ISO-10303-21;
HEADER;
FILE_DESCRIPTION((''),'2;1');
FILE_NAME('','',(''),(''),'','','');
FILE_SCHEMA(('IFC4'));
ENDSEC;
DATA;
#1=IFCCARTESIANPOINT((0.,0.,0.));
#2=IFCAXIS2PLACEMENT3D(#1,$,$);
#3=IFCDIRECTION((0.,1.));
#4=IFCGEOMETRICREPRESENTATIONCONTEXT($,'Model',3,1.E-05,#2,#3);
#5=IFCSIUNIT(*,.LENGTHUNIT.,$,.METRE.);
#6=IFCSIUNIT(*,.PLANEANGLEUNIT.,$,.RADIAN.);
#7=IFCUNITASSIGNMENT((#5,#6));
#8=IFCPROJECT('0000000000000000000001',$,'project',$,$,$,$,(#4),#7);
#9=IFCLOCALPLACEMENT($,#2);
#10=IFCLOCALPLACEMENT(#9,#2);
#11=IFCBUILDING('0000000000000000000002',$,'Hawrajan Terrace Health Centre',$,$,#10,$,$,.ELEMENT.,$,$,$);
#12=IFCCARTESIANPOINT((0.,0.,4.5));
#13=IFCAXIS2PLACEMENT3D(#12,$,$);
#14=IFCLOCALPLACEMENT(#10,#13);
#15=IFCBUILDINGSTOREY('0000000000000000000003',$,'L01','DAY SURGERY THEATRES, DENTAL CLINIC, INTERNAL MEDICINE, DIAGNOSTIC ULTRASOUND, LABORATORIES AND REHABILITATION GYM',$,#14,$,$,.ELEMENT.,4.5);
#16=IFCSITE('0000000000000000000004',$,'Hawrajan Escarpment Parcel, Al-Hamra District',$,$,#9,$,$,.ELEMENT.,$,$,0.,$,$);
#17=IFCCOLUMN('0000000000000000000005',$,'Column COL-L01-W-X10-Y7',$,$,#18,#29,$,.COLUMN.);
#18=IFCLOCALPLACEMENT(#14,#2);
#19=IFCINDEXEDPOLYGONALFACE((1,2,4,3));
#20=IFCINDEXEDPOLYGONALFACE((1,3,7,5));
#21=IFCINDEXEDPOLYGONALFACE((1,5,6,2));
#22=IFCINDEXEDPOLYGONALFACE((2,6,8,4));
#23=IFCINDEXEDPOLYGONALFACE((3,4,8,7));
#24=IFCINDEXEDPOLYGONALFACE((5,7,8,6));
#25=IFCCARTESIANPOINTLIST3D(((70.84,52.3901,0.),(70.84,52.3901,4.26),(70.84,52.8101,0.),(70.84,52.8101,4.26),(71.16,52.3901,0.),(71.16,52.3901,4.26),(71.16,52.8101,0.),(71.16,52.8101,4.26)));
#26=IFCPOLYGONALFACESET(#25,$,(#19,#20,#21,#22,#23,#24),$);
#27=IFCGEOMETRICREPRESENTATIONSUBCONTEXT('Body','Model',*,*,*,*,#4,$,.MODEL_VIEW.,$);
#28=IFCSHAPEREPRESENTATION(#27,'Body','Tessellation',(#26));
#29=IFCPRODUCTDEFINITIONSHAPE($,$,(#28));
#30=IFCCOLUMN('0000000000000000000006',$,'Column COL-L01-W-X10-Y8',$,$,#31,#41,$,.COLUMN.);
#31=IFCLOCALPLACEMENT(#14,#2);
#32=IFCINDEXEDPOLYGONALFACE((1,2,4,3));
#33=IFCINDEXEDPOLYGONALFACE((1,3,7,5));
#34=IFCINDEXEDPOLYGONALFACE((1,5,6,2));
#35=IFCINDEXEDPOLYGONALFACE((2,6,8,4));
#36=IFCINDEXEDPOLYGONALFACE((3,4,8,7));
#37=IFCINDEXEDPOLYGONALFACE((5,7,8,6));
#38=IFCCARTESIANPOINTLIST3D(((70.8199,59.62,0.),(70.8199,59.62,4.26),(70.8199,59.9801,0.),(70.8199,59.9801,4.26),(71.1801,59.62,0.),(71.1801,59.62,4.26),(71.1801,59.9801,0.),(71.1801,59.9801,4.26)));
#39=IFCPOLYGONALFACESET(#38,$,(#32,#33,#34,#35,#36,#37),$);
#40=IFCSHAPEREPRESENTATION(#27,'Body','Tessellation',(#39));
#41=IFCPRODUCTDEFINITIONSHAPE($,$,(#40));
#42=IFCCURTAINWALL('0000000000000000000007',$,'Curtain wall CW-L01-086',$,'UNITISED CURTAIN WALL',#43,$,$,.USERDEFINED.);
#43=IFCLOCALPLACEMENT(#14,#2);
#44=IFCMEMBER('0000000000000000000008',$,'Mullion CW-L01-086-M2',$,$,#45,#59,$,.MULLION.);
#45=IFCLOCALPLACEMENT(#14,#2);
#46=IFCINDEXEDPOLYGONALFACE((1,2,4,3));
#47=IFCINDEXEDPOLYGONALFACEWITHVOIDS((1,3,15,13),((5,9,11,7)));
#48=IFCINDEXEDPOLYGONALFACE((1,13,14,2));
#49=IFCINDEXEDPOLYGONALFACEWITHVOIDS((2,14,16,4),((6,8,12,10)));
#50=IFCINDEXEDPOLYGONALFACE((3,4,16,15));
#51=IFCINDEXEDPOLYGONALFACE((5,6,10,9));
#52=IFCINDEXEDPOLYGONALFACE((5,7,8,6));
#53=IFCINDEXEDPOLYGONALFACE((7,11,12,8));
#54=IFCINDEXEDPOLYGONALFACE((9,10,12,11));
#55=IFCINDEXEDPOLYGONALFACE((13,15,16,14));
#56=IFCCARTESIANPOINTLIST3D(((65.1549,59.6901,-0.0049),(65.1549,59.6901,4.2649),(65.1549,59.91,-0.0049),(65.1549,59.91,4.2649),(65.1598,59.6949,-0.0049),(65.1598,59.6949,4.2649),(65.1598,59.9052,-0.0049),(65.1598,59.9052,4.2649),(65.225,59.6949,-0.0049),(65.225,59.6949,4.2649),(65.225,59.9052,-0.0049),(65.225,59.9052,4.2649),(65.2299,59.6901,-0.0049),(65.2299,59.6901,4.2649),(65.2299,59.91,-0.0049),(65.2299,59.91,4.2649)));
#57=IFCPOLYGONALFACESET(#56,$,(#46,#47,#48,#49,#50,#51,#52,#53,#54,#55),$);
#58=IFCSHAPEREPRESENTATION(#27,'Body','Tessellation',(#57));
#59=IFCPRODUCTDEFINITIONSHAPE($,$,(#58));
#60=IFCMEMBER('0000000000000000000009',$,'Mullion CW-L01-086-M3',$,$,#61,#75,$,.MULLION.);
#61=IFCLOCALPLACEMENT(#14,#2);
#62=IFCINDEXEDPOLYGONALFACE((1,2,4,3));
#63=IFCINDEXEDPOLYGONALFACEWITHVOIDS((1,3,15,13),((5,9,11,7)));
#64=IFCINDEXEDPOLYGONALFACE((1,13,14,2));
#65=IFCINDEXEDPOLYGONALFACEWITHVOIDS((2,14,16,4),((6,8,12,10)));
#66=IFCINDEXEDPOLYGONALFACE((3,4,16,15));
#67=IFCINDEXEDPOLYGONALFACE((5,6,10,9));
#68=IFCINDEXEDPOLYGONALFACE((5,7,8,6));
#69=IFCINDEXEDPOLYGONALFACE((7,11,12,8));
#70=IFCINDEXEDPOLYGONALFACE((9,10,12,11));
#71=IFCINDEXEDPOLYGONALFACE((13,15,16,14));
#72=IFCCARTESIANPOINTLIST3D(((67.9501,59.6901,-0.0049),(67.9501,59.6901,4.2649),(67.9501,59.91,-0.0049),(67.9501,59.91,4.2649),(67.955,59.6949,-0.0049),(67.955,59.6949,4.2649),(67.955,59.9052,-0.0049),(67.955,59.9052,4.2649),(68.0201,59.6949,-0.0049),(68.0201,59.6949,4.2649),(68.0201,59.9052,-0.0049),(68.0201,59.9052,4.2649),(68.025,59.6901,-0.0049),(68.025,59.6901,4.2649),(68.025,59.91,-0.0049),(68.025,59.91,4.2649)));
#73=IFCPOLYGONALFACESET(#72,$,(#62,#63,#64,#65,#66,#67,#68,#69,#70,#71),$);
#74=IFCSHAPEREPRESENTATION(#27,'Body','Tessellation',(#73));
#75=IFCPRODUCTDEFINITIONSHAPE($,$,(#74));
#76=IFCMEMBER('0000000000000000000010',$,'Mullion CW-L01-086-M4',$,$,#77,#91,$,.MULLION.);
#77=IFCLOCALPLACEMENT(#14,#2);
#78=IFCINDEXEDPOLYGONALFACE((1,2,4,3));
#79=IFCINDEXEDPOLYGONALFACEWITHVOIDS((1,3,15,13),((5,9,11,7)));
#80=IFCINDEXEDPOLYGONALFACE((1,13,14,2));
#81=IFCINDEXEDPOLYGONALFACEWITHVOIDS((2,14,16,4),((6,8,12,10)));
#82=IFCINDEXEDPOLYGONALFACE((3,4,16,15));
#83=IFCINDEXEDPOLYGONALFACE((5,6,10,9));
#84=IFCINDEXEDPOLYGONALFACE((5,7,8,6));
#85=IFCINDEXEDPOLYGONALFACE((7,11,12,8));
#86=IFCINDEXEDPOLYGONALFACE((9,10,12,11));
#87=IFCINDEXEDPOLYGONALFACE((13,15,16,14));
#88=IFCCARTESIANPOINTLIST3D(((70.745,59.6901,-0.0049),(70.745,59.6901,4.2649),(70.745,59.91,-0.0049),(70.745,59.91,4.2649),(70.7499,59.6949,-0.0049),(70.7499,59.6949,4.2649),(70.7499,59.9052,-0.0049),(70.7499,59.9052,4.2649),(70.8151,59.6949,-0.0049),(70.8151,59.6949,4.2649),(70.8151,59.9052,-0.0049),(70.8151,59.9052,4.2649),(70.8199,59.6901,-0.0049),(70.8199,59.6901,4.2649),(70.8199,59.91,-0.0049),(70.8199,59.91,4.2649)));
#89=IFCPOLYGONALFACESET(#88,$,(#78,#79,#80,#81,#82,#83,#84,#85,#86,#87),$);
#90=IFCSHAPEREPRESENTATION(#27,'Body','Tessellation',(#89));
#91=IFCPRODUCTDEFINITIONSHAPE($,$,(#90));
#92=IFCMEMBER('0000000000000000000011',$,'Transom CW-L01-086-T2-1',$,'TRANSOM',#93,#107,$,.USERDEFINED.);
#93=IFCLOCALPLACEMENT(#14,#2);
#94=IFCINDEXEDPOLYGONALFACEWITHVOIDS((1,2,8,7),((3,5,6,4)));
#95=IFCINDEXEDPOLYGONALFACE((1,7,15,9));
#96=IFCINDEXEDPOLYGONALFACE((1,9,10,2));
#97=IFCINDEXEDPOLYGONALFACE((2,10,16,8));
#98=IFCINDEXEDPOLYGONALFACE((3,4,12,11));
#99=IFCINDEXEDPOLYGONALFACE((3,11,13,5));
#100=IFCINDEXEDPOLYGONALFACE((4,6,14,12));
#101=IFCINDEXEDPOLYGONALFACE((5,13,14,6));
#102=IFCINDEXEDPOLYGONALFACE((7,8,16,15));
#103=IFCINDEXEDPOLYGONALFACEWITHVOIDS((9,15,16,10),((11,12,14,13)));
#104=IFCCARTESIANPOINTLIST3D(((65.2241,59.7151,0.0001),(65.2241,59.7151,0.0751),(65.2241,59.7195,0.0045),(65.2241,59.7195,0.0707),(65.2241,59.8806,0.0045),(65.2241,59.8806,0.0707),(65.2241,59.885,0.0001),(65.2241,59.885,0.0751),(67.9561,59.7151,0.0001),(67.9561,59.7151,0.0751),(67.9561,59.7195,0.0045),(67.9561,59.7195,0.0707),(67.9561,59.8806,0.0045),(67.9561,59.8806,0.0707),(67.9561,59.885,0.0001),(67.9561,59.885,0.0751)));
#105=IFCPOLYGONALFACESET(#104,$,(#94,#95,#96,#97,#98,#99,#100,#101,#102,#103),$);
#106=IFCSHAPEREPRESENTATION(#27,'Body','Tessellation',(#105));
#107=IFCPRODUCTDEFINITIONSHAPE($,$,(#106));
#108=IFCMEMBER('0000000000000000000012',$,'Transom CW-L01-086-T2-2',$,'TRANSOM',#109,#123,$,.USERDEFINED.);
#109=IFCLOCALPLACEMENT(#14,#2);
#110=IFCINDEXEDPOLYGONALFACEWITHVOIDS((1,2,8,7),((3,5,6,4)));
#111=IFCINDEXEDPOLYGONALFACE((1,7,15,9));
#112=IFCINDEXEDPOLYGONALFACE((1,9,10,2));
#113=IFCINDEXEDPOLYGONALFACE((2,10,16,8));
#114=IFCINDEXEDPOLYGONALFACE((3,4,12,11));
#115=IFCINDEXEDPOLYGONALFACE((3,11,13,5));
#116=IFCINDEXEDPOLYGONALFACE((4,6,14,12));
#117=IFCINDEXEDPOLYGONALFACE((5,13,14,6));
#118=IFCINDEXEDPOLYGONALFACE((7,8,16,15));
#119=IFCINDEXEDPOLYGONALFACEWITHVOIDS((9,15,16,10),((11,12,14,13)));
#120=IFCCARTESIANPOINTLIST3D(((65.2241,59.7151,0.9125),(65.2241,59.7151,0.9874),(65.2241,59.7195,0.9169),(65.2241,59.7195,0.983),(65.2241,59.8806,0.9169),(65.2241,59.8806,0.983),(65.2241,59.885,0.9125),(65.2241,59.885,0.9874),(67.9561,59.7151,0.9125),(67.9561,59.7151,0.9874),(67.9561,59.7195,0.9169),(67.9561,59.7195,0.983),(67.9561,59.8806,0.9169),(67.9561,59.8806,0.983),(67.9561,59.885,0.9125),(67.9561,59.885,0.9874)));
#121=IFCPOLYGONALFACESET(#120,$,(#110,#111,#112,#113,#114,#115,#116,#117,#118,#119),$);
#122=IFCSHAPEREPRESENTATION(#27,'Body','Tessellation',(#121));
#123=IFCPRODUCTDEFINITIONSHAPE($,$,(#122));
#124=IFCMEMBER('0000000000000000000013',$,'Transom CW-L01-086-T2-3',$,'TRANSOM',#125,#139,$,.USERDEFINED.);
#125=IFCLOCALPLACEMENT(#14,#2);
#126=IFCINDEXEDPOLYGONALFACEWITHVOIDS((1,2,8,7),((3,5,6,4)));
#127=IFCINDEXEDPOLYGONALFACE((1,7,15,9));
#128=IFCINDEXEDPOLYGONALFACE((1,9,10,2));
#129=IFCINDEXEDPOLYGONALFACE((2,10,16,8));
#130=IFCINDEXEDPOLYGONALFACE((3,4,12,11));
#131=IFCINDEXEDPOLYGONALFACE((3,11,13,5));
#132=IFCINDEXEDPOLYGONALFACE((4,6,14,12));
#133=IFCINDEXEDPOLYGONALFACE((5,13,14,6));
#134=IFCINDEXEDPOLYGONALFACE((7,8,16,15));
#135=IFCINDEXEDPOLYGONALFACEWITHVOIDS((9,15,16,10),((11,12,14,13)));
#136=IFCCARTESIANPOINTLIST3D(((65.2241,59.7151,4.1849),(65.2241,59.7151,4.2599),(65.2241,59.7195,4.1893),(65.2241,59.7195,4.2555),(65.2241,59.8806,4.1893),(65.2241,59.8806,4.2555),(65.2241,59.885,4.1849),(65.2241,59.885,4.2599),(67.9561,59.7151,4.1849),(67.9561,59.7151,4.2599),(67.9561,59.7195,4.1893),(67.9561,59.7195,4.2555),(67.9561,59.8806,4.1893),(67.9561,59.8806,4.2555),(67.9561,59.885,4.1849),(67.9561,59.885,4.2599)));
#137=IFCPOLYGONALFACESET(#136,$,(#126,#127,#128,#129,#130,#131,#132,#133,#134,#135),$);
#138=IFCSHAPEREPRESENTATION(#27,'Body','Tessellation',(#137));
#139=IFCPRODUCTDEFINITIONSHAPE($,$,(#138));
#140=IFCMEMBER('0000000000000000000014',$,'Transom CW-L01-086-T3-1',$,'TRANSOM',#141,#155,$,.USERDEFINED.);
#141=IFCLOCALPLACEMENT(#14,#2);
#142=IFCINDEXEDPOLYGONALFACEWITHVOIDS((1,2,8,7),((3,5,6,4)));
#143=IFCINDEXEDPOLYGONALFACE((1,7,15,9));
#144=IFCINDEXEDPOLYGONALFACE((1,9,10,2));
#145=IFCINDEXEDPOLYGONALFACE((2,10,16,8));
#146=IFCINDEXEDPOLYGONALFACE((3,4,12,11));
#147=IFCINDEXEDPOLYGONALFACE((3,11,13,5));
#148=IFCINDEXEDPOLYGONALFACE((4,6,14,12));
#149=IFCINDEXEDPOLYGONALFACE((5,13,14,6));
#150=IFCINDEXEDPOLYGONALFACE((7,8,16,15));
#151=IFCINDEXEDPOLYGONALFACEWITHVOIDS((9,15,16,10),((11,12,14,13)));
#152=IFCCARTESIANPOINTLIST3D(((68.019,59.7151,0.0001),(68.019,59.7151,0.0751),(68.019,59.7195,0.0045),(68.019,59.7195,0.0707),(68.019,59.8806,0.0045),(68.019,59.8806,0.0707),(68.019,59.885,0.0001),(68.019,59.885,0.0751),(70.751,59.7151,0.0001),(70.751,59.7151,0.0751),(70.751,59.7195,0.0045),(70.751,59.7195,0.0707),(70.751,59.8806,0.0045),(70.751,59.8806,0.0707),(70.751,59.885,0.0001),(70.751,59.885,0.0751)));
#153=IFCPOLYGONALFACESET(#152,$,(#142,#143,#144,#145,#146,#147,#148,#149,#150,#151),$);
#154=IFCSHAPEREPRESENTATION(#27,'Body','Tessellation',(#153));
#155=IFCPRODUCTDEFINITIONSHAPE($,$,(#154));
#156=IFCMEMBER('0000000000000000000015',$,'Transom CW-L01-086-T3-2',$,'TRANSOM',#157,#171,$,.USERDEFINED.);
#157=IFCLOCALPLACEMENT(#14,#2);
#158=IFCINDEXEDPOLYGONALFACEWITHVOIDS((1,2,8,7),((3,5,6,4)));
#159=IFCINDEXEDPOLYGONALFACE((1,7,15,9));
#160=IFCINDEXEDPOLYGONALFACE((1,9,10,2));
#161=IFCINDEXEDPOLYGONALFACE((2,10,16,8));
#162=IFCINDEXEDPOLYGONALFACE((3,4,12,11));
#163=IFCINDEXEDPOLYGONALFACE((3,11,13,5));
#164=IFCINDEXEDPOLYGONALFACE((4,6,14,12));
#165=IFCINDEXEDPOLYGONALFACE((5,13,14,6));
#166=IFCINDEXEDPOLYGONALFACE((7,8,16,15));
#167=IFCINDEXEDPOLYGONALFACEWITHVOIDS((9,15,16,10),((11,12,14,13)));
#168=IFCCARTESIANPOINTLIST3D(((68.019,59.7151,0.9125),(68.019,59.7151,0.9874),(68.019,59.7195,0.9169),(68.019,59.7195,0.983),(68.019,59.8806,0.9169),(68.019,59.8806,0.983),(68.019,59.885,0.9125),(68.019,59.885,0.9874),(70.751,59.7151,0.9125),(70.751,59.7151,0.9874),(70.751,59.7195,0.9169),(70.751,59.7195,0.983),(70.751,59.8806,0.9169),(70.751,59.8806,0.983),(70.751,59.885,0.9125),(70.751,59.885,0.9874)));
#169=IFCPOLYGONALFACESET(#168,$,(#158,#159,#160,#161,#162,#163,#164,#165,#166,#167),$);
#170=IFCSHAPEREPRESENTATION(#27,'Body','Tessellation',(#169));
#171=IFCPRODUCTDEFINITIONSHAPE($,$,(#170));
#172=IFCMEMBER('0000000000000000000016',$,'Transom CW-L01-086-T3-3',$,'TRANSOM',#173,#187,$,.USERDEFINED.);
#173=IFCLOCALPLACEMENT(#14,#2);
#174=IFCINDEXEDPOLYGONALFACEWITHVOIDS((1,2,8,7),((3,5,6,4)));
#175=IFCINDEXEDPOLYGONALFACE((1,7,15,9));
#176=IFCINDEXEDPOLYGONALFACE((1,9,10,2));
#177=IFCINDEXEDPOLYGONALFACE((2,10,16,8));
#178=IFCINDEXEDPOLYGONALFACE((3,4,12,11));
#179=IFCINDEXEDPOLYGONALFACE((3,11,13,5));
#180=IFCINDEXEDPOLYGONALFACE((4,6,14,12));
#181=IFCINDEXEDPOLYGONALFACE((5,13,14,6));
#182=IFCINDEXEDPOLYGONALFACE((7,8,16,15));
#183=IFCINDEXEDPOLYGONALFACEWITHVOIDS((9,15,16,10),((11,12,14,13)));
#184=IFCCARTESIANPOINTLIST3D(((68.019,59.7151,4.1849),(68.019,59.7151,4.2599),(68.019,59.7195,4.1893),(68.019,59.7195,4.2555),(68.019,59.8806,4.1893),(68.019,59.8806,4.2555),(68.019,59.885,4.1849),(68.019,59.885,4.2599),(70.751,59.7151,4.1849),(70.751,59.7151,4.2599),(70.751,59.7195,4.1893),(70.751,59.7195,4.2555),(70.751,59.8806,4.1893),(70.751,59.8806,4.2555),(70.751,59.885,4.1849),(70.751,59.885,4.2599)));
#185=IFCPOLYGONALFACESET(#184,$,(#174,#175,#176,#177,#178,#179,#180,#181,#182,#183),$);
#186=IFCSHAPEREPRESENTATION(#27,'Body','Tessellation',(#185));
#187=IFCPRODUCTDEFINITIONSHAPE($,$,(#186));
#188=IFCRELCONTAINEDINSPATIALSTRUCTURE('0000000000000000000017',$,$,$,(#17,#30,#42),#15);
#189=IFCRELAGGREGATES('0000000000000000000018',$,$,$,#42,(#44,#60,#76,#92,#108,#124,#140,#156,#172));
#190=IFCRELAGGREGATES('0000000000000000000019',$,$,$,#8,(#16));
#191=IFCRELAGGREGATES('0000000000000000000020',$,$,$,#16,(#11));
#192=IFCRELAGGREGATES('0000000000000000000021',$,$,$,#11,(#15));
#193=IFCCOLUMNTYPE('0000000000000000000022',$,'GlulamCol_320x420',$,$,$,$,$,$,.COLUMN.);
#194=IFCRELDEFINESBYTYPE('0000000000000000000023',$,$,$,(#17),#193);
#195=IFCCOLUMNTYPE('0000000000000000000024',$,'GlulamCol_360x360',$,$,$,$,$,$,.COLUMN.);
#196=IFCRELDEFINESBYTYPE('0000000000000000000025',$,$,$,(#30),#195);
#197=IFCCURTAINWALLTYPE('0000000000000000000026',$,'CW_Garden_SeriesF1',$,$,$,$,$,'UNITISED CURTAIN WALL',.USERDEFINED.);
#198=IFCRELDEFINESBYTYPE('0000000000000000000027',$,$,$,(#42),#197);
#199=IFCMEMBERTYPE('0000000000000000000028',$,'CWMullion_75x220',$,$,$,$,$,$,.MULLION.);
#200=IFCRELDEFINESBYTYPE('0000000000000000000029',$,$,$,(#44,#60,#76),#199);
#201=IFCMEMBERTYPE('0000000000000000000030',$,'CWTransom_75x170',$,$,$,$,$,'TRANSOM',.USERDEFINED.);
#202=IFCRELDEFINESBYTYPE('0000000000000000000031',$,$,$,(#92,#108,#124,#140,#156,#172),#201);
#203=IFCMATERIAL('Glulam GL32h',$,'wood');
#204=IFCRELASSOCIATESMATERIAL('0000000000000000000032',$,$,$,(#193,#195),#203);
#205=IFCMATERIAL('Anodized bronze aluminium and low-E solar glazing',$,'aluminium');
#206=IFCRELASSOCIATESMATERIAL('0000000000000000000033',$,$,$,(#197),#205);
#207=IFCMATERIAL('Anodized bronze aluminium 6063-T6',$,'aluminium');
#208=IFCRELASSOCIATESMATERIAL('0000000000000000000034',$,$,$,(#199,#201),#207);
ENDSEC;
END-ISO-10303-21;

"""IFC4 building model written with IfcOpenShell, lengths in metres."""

from ifc_helpers import new_model, si_unit, direction, frame, origin, origin_2d, place, context, subcontext, project, spatial, rectangle, hollow_rectangle, extrude, material, material_profile, profile_set, type_object, element, aggregate, save


model = new_model("IFC4")

# Units and contexts
model_context = context("Model", 3, precision=1e-05, world=origin(), true_north=direction((0.0, 1.0)))
body_context = subcontext(model_context, "Body", "Model", "MODEL_VIEW")
ifc_project = project(units=[si_unit("LENGTHUNIT", "METRE"), si_unit("PLANEANGLEUNIT", "RADIAN")], contexts=[model_context])

# Site, building, storey
site_placement = place(None, origin())
site = spatial("IfcSite", under=ifc_project, at=site_placement, Name="Hawrajan Escarpment Parcel, Al-Hamra District", CompositionType="ELEMENT", RefElevation=0.0)
building_placement = place(site_placement, origin())
building = spatial("IfcBuilding", under=site, at=building_placement, Name="Hawrajan Terrace Health Centre", CompositionType="ELEMENT")
storey_placement = place(building_placement, frame((0.0, 0.0, 4.5)))
storey = spatial("IfcBuildingStorey", under=building, at=storey_placement, Name="L01", Description="DAY SURGERY THEATRES, DENTAL CLINIC, INTERNAL MEDICINE, DIAGNOSTIC ULTRASOUND, LABORATORIES AND REHABILITATION GYM", CompositionType="ELEMENT", Elevation=4.5)

# Columns
ifc_material_1 = material(Name="Glulam GL32h", Category="wood")
ifc_material_profile_1 = material_profile(ifc_material_1, rectangle(XDim=0.3201, YDim=0.4199, at=origin_2d()), Name="GL 320x420")
ifc_profile_set_1 = profile_set([ifc_material_profile_1], Name="Glulam GL32h")
column_type_1 = type_object("IfcColumnType", Name="GlulamCol_320x420", PredefinedType="COLUMN", material=ifc_profile_set_1)
column_1_placement = place(storey_placement, frame((71.0, 52.6001, 0.0), z_axis=(0.0, 0.0, 1.0), x_axis=(1.0, 0.0, 0.0)))
element("IfcColumn", 1, at=column_1_placement, inside=storey, type_object=column_type_1, Name="Column COL-L01-W-X10-Y7", PredefinedType="COLUMN", context=body_context, shape_type="SweptSolid", body=[
    extrude(rectangle(XDim=0.3201, YDim=0.4199, at=origin_2d()), origin(), (0.0, 0.0, 1.0), 4.26),
])
ifc_material_profile_2 = material_profile(ifc_material_1, rectangle(XDim=0.3601, YDim=0.3601, at=origin_2d()), Name="GL 360x360")
ifc_profile_set_2 = profile_set([ifc_material_profile_2], Name="Glulam GL32h")
column_type_2 = type_object("IfcColumnType", Name="GlulamCol_360x360", PredefinedType="COLUMN", material=ifc_profile_set_2)
column_2_placement = place(storey_placement, frame((71.0, 59.8, 0.0), z_axis=(0.0, 0.0, 1.0), x_axis=(1.0, 0.0, 0.0)))
element("IfcColumn", 2, at=column_2_placement, inside=storey, type_object=column_type_2, Name="Column COL-L01-W-X10-Y8", PredefinedType="COLUMN", context=body_context, shape_type="SweptSolid", body=[
    extrude(rectangle(XDim=0.3601, YDim=0.3601, at=origin_2d()), origin(), (0.0, 0.0, 1.0), 4.26),
])

# Curtain wall, members
ifc_material_2 = material(Name="Anodized bronze aluminium and low-E solar glazing", Category="aluminium")
curtain_wall_type = type_object("IfcCurtainWallType", Name="CW_Garden_SeriesF1", ElementType="UNITISED CURTAIN WALL", PredefinedType="USERDEFINED", material=ifc_material_2)
curtain_wall_placement = place(storey_placement, origin())
curtain_wall = element("IfcCurtainWall", 3, at=curtain_wall_placement, inside=storey, type_object=curtain_wall_type, Name="Curtain wall CW-L01-086", ObjectType="UNITISED CURTAIN WALL", PredefinedType="USERDEFINED")
ifc_material_3 = material(Name="Anodized bronze aluminium 6063-T6", Category="aluminium")
ifc_material_profile_3 = material_profile(ifc_material_3, hollow_rectangle(XDim=0.075, YDim=0.22, WallThickness=0.0049, at=origin_2d()), Name="CW MUL 75x220")
ifc_profile_set_3 = profile_set([ifc_material_profile_3], Name="Anodized bronze aluminium 6063-T6")
member_type_1 = type_object("IfcMemberType", Name="CWMullion_75x220", PredefinedType="MULLION", material=ifc_profile_set_3)
member_1_placement = place(storey_placement, frame((65.1924, 59.8, -0.0049), z_axis=(0.0, 0.0, 1.0), x_axis=(1.0, 0.0, 0.0)))
member_1 = element("IfcMember", 4, at=member_1_placement, type_object=member_type_1, Name="Mullion CW-L01-086-M2", PredefinedType="MULLION", context=body_context, shape_type="SweptSolid", body=[
    extrude(hollow_rectangle(XDim=0.075, YDim=0.22, WallThickness=0.0049, at=origin_2d()), origin(), (0.0, 0.0, 1.0), 4.2698),
])
member_2_placement = place(storey_placement, frame((67.9875, 59.8, -0.0049), z_axis=(0.0, 0.0, 1.0), x_axis=(1.0, 0.0, 0.0)))
member_2 = element("IfcMember", 5, at=member_2_placement, type_object=member_type_1, Name="Mullion CW-L01-086-M3", PredefinedType="MULLION", context=body_context, shape_type="SweptSolid", body=[
    extrude(hollow_rectangle(XDim=0.075, YDim=0.22, WallThickness=0.0049, at=origin_2d()), origin(), (0.0, 0.0, 1.0), 4.2698),
])
member_3_placement = place(storey_placement, frame((70.7825, 59.8, -0.0049), z_axis=(0.0, 0.0, 1.0), x_axis=(1.0, 0.0, 0.0)))
member_3 = element("IfcMember", 6, at=member_3_placement, type_object=member_type_1, Name="Mullion CW-L01-086-M4", PredefinedType="MULLION", context=body_context, shape_type="SweptSolid", body=[
    extrude(hollow_rectangle(XDim=0.075, YDim=0.22, WallThickness=0.0049, at=origin_2d()), origin(), (0.0, 0.0, 1.0), 4.2698),
])
ifc_material_profile_4 = material_profile(ifc_material_3, hollow_rectangle(XDim=0.075, YDim=0.1699, WallThickness=0.0044, at=origin_2d()), Name="CW TRN 75x170")
ifc_profile_set_4 = profile_set([ifc_material_profile_4], Name="Anodized bronze aluminium 6063-T6")
member_type_2 = type_object("IfcMemberType", Name="CWTransom_75x170", ElementType="TRANSOM", PredefinedType="USERDEFINED", material=ifc_profile_set_4)
member_4_placement = place(storey_placement, frame((65.2241, 59.8, 0.0376), z_axis=(1.0, 0.0, 0.0), x_axis=(0.0, 0.0, 1.0)))
member_4 = element("IfcMember", 7, at=member_4_placement, type_object=member_type_2, Name="Transom CW-L01-086-T2-1", ObjectType="TRANSOM", PredefinedType="USERDEFINED", context=body_context, shape_type="SweptSolid", body=[
    extrude(hollow_rectangle(XDim=0.075, YDim=0.1699, WallThickness=0.0044, at=origin_2d()), origin(), (0.0, 0.0, 1.0), 2.7319),
])
member_5_placement = place(storey_placement, frame((65.2241, 59.8, 0.95), z_axis=(1.0, 0.0, 0.0), x_axis=(0.0, 0.0, 1.0)))
member_5 = element("IfcMember", 8, at=member_5_placement, type_object=member_type_2, Name="Transom CW-L01-086-T2-2", ObjectType="TRANSOM", PredefinedType="USERDEFINED", context=body_context, shape_type="SweptSolid", body=[
    extrude(hollow_rectangle(XDim=0.075, YDim=0.1699, WallThickness=0.0044, at=origin_2d()), origin(), (0.0, 0.0, 1.0), 2.7319),
])
member_6_placement = place(storey_placement, frame((65.2241, 59.8, 4.2224), z_axis=(1.0, 0.0, 0.0), x_axis=(0.0, 0.0, 1.0)))
member_6 = element("IfcMember", 9, at=member_6_placement, type_object=member_type_2, Name="Transom CW-L01-086-T2-3", ObjectType="TRANSOM", PredefinedType="USERDEFINED", context=body_context, shape_type="SweptSolid", body=[
    extrude(hollow_rectangle(XDim=0.075, YDim=0.1699, WallThickness=0.0044, at=origin_2d()), origin(), (0.0, 0.0, 1.0), 2.7319),
])
member_7_placement = place(storey_placement, frame((68.019, 59.8, 0.0376), z_axis=(1.0, 0.0, 0.0), x_axis=(0.0, 0.0, 1.0)))
member_7 = element("IfcMember", 10, at=member_7_placement, type_object=member_type_2, Name="Transom CW-L01-086-T3-1", ObjectType="TRANSOM", PredefinedType="USERDEFINED", context=body_context, shape_type="SweptSolid", body=[
    extrude(hollow_rectangle(XDim=0.075, YDim=0.1699, WallThickness=0.0044, at=origin_2d()), origin(), (0.0, 0.0, 1.0), 2.7319),
])
member_8_placement = place(storey_placement, frame((68.019, 59.8, 0.95), z_axis=(1.0, 0.0, 0.0), x_axis=(0.0, 0.0, 1.0)))
member_8 = element("IfcMember", 11, at=member_8_placement, type_object=member_type_2, Name="Transom CW-L01-086-T3-2", ObjectType="TRANSOM", PredefinedType="USERDEFINED", context=body_context, shape_type="SweptSolid", body=[
    extrude(hollow_rectangle(XDim=0.075, YDim=0.1699, WallThickness=0.0044, at=origin_2d()), origin(), (0.0, 0.0, 1.0), 2.7319),
])
member_9_placement = place(storey_placement, frame((68.019, 59.8, 4.2224), z_axis=(1.0, 0.0, 0.0), x_axis=(0.0, 0.0, 1.0)))
member_9 = element("IfcMember", 12, at=member_9_placement, type_object=member_type_2, Name="Transom CW-L01-086-T3-3", ObjectType="TRANSOM", PredefinedType="USERDEFINED", context=body_context, shape_type="SweptSolid", body=[
    extrude(hollow_rectangle(XDim=0.075, YDim=0.1699, WallThickness=0.0044, at=origin_2d()), origin(), (0.0, 0.0, 1.0), 2.7319),
])

aggregate(curtain_wall, [member_1, member_2, member_3, member_4, member_5, member_6, member_7, member_8, member_9])

save(model, "model.ifc")
